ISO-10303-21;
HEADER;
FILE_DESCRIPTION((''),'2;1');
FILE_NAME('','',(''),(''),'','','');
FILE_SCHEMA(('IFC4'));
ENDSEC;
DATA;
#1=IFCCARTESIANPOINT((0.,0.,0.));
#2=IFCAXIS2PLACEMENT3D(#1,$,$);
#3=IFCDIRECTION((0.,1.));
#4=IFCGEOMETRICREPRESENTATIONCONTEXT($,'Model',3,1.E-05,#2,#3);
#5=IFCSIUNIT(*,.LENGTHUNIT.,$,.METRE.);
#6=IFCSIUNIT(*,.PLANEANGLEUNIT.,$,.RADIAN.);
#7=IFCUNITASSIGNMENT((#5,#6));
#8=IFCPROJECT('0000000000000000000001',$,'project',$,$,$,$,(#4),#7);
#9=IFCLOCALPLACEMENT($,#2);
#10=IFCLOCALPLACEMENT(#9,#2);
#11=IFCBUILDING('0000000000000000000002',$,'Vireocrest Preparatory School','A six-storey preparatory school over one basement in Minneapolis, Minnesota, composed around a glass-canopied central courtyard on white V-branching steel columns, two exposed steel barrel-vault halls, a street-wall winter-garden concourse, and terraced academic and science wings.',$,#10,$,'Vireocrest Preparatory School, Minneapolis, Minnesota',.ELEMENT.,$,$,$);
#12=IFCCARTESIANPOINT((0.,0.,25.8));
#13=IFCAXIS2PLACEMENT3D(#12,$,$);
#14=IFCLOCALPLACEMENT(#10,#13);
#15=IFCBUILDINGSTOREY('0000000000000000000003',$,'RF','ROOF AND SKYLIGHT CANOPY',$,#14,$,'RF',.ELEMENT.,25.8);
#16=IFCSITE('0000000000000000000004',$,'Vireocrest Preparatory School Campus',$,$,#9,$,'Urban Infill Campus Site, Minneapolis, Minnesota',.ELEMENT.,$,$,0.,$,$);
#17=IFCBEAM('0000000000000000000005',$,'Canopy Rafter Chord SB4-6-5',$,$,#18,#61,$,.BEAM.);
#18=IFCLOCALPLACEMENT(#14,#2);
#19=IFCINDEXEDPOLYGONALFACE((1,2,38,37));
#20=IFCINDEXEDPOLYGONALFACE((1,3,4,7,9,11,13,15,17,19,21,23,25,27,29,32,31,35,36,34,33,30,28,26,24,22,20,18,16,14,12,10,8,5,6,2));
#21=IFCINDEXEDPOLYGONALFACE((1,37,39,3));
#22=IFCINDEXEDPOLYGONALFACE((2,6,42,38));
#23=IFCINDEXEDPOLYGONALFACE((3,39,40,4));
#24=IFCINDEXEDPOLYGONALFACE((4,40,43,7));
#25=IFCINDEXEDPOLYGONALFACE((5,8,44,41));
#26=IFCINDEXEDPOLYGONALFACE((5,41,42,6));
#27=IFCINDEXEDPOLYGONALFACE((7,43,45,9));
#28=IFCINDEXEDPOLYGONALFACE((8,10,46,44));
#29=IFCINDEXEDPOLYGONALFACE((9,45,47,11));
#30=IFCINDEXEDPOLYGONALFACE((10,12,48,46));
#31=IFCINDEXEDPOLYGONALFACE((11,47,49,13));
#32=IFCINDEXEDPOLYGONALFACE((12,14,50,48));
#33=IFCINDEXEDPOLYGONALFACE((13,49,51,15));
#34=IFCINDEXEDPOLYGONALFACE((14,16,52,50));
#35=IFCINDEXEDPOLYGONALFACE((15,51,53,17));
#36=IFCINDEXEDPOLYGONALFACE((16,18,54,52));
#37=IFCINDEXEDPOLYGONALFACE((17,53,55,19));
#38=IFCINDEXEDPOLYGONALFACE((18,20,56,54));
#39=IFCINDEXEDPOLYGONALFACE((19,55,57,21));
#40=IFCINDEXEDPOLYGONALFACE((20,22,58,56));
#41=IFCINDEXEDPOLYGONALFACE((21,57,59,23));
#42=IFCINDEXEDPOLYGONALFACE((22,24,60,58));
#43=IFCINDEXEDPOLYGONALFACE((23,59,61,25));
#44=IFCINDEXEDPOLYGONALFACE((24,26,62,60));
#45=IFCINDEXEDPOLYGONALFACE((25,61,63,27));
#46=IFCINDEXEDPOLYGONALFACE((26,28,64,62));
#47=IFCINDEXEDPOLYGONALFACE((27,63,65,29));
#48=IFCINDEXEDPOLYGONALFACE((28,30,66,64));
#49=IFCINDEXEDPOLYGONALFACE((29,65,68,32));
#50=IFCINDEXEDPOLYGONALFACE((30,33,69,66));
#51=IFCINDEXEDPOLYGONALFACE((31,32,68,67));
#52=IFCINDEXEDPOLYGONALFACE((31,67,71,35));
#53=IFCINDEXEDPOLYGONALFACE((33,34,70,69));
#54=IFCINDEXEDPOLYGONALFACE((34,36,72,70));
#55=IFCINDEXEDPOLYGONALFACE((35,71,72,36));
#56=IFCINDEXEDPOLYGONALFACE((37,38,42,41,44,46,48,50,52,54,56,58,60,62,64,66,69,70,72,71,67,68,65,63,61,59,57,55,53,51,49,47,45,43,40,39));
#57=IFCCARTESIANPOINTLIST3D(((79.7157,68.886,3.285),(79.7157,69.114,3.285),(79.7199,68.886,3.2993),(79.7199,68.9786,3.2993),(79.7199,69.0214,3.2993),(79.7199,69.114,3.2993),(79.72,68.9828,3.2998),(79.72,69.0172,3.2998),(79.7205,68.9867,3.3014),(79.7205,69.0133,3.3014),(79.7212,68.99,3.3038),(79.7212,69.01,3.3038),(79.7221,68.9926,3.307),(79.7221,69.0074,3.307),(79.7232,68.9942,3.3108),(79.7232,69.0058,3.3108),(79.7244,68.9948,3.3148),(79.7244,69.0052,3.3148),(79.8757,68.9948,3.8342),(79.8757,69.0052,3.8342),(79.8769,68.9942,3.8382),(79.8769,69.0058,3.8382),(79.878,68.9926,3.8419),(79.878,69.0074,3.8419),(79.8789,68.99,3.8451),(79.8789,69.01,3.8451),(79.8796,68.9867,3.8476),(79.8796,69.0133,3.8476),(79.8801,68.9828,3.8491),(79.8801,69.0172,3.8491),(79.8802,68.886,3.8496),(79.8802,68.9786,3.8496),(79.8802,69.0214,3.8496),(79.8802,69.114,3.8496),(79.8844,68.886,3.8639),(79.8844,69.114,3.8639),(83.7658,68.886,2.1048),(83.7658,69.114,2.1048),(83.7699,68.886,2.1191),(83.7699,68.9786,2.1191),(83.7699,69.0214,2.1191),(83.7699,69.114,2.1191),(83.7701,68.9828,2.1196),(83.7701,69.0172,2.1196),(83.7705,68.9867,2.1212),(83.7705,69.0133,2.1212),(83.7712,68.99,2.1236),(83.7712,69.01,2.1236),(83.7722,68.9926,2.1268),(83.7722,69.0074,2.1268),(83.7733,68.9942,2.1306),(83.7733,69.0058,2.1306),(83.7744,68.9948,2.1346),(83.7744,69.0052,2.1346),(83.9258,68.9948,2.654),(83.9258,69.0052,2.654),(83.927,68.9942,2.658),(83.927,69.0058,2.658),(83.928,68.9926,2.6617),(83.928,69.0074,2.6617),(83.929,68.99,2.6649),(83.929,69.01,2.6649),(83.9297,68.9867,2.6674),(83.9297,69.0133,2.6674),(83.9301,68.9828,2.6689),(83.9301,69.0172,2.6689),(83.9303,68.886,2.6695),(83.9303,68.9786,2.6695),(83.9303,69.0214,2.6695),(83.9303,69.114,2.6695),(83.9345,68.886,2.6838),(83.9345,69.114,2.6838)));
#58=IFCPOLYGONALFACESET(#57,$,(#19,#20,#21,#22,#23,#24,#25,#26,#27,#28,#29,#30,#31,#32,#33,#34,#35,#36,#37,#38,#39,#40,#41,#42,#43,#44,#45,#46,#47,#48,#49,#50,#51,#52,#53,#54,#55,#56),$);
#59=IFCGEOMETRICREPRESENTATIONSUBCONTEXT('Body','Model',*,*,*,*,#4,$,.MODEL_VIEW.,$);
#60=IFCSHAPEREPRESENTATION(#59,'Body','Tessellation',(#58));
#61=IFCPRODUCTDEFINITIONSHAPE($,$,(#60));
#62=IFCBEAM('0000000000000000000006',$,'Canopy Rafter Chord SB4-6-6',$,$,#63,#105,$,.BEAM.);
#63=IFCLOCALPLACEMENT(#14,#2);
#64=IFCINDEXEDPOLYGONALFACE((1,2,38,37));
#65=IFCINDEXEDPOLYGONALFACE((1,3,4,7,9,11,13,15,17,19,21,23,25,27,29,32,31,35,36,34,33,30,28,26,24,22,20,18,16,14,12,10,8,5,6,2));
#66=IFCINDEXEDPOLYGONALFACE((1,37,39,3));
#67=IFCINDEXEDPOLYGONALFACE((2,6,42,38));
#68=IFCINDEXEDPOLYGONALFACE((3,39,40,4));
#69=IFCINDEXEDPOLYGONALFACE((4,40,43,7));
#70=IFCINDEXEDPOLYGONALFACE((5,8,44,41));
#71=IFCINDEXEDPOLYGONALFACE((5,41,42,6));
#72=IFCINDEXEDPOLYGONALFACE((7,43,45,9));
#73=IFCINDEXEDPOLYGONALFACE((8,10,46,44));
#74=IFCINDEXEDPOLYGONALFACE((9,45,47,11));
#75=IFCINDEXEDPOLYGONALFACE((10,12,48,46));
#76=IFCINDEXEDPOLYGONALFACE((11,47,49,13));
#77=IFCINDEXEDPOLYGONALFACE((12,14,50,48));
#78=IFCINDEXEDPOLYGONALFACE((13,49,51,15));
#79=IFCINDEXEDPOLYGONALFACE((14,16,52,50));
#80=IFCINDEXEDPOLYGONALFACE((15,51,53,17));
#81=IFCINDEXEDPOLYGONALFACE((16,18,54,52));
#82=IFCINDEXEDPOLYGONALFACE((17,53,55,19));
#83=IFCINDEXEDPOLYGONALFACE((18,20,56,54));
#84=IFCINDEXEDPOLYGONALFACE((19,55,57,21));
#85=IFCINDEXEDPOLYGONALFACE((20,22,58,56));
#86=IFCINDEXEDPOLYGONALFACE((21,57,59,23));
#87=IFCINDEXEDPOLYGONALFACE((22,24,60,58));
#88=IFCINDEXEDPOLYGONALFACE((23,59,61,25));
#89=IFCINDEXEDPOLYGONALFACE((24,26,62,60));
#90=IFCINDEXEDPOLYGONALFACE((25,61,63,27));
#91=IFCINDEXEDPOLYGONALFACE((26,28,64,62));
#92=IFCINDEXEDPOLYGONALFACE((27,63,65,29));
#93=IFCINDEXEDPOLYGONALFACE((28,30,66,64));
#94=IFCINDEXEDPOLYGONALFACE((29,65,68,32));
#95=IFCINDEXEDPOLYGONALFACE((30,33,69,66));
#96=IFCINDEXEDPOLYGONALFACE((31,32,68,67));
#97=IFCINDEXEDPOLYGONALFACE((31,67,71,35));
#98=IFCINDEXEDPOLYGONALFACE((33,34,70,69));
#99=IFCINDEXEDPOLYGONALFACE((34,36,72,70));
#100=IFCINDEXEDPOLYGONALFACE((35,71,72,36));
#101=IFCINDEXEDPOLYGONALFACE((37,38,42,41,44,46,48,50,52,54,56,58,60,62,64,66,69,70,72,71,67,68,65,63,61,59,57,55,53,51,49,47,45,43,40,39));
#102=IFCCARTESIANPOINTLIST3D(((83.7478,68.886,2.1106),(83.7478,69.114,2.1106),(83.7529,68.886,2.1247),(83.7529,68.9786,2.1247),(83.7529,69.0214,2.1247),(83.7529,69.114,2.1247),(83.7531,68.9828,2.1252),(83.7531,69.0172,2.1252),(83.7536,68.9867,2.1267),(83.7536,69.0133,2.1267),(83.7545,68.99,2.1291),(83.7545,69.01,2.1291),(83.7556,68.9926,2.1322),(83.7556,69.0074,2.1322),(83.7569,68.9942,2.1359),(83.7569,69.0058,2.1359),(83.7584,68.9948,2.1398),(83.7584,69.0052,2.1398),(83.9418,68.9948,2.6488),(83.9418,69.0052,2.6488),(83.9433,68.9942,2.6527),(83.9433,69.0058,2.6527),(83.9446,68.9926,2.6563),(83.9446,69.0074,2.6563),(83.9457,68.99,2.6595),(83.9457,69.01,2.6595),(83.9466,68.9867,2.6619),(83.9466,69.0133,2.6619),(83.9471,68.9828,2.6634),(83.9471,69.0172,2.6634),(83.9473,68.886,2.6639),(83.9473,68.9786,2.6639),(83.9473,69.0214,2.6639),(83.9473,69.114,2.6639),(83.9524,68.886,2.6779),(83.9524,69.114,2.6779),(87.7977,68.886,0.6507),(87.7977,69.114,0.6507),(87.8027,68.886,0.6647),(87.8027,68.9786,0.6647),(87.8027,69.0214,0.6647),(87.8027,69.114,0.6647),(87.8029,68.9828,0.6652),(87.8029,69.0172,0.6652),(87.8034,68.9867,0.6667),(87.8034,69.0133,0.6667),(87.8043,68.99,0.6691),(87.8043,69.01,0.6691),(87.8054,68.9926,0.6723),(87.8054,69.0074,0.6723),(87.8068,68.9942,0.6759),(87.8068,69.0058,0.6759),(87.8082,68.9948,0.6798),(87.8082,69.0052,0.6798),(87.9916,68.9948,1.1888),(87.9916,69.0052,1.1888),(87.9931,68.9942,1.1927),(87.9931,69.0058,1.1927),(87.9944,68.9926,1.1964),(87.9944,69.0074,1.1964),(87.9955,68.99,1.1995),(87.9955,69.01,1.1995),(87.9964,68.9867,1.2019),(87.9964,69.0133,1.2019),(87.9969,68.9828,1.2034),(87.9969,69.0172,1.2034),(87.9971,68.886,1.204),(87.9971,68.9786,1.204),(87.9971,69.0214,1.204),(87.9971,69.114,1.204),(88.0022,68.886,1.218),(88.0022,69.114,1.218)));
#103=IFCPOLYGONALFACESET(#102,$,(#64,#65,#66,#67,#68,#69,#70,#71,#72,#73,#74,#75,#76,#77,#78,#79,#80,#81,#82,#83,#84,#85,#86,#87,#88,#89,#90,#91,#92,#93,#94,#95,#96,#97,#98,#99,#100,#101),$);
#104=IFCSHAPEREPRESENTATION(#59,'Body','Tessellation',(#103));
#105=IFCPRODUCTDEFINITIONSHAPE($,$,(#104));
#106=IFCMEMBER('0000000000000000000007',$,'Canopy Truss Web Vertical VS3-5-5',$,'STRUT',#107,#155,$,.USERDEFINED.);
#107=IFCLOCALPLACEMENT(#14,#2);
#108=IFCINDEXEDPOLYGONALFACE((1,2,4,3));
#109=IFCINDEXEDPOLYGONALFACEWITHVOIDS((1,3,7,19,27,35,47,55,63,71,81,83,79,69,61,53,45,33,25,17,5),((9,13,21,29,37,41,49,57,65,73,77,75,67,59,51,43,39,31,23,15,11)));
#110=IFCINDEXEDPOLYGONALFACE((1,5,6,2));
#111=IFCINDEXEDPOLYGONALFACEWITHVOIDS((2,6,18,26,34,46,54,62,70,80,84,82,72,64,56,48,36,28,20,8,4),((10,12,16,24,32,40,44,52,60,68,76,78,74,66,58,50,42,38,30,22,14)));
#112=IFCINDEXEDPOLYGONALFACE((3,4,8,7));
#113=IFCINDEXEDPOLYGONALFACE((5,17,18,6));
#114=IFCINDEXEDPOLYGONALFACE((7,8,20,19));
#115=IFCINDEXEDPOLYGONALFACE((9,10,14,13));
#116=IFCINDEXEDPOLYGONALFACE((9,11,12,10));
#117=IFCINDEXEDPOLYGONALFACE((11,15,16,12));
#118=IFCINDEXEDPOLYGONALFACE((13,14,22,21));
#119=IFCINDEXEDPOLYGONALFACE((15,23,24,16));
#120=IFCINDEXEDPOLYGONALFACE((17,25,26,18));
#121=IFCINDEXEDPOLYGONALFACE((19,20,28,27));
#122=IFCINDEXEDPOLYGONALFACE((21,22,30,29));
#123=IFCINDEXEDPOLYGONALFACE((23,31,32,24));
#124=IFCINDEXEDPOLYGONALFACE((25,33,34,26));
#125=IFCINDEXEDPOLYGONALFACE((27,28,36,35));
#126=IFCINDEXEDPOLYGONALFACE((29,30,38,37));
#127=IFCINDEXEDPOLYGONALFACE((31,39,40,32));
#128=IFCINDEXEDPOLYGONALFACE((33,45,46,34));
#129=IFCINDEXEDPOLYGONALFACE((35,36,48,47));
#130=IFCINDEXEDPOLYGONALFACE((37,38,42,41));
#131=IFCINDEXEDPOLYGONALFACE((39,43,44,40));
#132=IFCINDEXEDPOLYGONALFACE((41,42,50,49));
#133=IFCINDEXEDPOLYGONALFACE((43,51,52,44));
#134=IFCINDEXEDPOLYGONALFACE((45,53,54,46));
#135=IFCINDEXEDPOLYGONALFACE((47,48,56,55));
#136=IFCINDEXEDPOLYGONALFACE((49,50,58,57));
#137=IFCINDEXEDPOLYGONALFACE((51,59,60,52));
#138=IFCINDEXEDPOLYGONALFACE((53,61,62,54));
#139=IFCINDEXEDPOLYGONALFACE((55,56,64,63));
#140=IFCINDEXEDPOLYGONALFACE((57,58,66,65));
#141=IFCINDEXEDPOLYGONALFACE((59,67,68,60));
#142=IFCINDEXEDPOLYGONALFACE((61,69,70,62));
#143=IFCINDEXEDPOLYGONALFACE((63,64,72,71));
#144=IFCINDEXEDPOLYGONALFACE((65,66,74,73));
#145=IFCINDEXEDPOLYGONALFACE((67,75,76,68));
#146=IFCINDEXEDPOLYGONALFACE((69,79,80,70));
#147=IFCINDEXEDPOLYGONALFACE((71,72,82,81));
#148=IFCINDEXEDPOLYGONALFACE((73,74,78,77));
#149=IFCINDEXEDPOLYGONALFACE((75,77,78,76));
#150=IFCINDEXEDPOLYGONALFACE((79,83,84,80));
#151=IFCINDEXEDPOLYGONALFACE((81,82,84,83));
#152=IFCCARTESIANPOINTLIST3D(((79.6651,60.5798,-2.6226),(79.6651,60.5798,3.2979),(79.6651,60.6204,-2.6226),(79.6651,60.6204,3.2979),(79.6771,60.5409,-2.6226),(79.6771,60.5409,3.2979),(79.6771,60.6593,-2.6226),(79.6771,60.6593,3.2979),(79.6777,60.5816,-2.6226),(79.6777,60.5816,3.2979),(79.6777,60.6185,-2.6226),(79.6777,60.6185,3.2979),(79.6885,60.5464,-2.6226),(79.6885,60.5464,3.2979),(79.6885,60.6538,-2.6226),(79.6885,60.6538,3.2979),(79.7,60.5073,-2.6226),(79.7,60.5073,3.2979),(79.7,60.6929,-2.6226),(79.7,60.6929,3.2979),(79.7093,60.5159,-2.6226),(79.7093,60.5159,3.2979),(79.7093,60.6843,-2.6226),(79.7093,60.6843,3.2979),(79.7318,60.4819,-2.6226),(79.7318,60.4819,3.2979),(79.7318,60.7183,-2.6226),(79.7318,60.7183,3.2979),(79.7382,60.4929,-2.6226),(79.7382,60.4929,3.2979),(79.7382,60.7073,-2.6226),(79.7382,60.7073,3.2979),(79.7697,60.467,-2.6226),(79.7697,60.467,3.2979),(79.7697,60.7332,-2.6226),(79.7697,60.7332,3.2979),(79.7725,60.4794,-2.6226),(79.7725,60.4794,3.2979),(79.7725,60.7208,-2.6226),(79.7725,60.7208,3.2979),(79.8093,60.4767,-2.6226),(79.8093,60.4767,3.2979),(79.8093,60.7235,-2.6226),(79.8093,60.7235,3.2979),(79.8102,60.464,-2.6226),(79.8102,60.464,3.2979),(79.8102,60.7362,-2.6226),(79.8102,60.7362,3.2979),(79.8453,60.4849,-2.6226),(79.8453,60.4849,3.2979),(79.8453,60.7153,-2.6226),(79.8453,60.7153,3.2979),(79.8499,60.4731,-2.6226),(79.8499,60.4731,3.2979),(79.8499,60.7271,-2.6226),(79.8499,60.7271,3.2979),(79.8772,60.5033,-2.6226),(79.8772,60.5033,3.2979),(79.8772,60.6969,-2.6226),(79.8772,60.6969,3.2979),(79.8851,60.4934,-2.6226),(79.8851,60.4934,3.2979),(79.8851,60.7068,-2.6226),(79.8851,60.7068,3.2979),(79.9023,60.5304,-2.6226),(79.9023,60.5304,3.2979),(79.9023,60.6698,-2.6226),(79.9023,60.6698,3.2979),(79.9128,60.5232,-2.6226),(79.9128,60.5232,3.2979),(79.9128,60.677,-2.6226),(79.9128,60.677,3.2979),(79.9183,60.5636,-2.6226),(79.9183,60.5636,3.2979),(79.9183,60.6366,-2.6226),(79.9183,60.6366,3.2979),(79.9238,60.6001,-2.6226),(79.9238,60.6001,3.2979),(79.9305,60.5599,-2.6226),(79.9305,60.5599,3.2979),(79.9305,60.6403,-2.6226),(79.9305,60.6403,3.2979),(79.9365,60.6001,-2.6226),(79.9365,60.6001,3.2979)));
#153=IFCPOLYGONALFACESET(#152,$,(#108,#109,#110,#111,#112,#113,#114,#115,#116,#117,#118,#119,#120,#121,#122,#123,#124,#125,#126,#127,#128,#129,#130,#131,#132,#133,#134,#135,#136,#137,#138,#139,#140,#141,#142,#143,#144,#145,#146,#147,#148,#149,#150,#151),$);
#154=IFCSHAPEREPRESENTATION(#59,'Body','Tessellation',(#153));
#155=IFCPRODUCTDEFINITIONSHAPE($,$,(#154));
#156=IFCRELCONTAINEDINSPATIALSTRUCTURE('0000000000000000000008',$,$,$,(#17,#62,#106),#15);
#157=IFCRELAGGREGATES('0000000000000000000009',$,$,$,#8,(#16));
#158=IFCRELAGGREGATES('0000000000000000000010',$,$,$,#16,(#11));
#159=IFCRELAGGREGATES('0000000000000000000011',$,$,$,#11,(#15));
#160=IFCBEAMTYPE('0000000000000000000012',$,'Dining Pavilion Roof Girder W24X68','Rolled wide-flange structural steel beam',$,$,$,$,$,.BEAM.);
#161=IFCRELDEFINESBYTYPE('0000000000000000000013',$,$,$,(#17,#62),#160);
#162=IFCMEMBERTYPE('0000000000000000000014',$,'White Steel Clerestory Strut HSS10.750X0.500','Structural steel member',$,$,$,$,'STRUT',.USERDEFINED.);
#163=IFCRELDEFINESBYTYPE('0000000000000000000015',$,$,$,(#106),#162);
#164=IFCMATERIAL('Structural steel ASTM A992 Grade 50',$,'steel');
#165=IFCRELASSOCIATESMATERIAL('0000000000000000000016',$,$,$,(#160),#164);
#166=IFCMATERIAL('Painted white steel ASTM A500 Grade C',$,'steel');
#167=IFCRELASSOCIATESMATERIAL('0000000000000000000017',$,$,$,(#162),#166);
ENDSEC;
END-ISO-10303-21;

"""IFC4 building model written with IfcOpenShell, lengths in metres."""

from ifc_helpers import new_model, si_unit, direction, frame, origin, origin_2d, place, context, subcontext, project, spatial, hollow_circle, i_section, extrude, material, material_profile, profile_set, type_object, element, save


model = new_model("IFC4")

# Units and contexts
model_context = context("Model", 3, precision=1e-05, world=origin(), true_north=direction((0.0, 1.0)))
body_context = subcontext(model_context, "Body", "Model", "MODEL_VIEW")
ifc_project = project(units=[si_unit("LENGTHUNIT", "METRE"), si_unit("PLANEANGLEUNIT", "RADIAN")], contexts=[model_context])

# Site, building, storey
site_placement = place(None, origin())
site = spatial("IfcSite", under=ifc_project, at=site_placement, Name="Vireocrest Preparatory School Campus", LongName="Urban Infill Campus Site, Minneapolis, Minnesota", CompositionType="ELEMENT", RefElevation=0.0)
building_placement = place(site_placement, origin())
building = spatial("IfcBuilding", under=site, at=building_placement, Name="Vireocrest Preparatory School", Description="A six-storey preparatory school over one basement in Minneapolis, Minnesota, composed around a glass-canopied central courtyard on white V-branching steel columns, two exposed steel barrel-vault halls, a street-wall winter-garden concourse, and terraced academic and science wings.", LongName="Vireocrest Preparatory School, Minneapolis, Minnesota", CompositionType="ELEMENT")
storey_placement = place(building_placement, frame((0.0, 0.0, 25.8)))
storey = spatial("IfcBuildingStorey", under=building, at=storey_placement, Name="RF", Description="ROOF AND SKYLIGHT CANOPY", LongName="RF", CompositionType="ELEMENT", Elevation=25.8)

# Shared definitions
ifc_material_1 = material(Name="Painted white steel ASTM A500 Grade C", Category="steel")
ifc_material_2 = material(Name="Structural steel ASTM A992 Grade 50", Category="steel")

# Beams
ifc_material_profile_1 = material_profile(ifc_material_2, i_section(OverallWidth=0.228, OverallDepth=0.603, WebThickness=0.0105, FlangeThickness=0.0149, FilletRadius=0.0161, at=origin_2d()), Name="W24X68")
ifc_profile_set_1 = profile_set([ifc_material_profile_1], Name="Structural steel ASTM A992 Grade 50")
beam_type = type_object("IfcBeamType", Name="Dining Pavilion Roof Girder W24X68", Description="Rolled wide-flange structural steel beam", PredefinedType="BEAM", material=ifc_profile_set_1)
beam_1_placement = place(storey_placement, frame((79.8, 69.0, 3.5745), z_axis=(0.960069, 0.0, -0.279762), x_axis=(0.0, 1.0, 0.0)))
element("IfcBeam", 1, at=beam_1_placement, inside=storey, type_object=beam_type, Name="Canopy Rafter Chord SB4-6-5", PredefinedType="BEAM", context=body_context, shape_type="SweptSolid", body=[
    extrude(i_section(OverallWidth=0.228, OverallDepth=0.603, WebThickness=0.0105, FlangeThickness=0.0149, FilletRadius=0.0161, at=origin_2d()), origin(), (0.0, 0.0, 1.0), 4.2185),
])
beam_2_placement = place(storey_placement, frame((83.8501, 69.0, 2.3943), z_axis=(0.940737, 0.0, -0.339137), x_axis=(0.0, 1.0, 0.0)))
element("IfcBeam", 2, at=beam_2_placement, inside=storey, type_object=beam_type, Name="Canopy Rafter Chord SB4-6-6", PredefinedType="BEAM", context=body_context, shape_type="SweptSolid", body=[
    extrude(i_section(OverallWidth=0.228, OverallDepth=0.603, WebThickness=0.0105, FlangeThickness=0.0149, FilletRadius=0.0161, at=origin_2d()), origin(), (0.0, 0.0, 1.0), 4.3049),
])

# Member
ifc_material_profile_2 = material_profile(ifc_material_1, hollow_circle(Radius=0.1365, WallThickness=0.0127, at=origin_2d()), Name="HSS10.750X0.500")
ifc_profile_set_2 = profile_set([ifc_material_profile_2], Name="Painted white steel ASTM A500 Grade C")
member_type_1 = type_object("IfcMemberType", Name="White Steel Clerestory Strut HSS10.750X0.500", Description="Structural steel member", ElementType="STRUT", PredefinedType="USERDEFINED", material=ifc_profile_set_2)
member_1_placement = place(storey_placement, frame((79.8, 60.6001, -2.6226), z_axis=(0.0, 0.0, 1.0), x_axis=(1.0, 0.0, 0.0)))
element("IfcMember", 3, at=member_1_placement, inside=storey, type_object=member_type_1, Name="Canopy Truss Web Vertical VS3-5-5", ObjectType="STRUT", PredefinedType="USERDEFINED", context=body_context, shape_type="SweptSolid", body=[
    extrude(hollow_circle(Radius=0.1365, WallThickness=0.0127, at=origin_2d()), origin(), (0.0, 0.0, 1.0), 5.9204),
])

save(model, "model.ifc")
